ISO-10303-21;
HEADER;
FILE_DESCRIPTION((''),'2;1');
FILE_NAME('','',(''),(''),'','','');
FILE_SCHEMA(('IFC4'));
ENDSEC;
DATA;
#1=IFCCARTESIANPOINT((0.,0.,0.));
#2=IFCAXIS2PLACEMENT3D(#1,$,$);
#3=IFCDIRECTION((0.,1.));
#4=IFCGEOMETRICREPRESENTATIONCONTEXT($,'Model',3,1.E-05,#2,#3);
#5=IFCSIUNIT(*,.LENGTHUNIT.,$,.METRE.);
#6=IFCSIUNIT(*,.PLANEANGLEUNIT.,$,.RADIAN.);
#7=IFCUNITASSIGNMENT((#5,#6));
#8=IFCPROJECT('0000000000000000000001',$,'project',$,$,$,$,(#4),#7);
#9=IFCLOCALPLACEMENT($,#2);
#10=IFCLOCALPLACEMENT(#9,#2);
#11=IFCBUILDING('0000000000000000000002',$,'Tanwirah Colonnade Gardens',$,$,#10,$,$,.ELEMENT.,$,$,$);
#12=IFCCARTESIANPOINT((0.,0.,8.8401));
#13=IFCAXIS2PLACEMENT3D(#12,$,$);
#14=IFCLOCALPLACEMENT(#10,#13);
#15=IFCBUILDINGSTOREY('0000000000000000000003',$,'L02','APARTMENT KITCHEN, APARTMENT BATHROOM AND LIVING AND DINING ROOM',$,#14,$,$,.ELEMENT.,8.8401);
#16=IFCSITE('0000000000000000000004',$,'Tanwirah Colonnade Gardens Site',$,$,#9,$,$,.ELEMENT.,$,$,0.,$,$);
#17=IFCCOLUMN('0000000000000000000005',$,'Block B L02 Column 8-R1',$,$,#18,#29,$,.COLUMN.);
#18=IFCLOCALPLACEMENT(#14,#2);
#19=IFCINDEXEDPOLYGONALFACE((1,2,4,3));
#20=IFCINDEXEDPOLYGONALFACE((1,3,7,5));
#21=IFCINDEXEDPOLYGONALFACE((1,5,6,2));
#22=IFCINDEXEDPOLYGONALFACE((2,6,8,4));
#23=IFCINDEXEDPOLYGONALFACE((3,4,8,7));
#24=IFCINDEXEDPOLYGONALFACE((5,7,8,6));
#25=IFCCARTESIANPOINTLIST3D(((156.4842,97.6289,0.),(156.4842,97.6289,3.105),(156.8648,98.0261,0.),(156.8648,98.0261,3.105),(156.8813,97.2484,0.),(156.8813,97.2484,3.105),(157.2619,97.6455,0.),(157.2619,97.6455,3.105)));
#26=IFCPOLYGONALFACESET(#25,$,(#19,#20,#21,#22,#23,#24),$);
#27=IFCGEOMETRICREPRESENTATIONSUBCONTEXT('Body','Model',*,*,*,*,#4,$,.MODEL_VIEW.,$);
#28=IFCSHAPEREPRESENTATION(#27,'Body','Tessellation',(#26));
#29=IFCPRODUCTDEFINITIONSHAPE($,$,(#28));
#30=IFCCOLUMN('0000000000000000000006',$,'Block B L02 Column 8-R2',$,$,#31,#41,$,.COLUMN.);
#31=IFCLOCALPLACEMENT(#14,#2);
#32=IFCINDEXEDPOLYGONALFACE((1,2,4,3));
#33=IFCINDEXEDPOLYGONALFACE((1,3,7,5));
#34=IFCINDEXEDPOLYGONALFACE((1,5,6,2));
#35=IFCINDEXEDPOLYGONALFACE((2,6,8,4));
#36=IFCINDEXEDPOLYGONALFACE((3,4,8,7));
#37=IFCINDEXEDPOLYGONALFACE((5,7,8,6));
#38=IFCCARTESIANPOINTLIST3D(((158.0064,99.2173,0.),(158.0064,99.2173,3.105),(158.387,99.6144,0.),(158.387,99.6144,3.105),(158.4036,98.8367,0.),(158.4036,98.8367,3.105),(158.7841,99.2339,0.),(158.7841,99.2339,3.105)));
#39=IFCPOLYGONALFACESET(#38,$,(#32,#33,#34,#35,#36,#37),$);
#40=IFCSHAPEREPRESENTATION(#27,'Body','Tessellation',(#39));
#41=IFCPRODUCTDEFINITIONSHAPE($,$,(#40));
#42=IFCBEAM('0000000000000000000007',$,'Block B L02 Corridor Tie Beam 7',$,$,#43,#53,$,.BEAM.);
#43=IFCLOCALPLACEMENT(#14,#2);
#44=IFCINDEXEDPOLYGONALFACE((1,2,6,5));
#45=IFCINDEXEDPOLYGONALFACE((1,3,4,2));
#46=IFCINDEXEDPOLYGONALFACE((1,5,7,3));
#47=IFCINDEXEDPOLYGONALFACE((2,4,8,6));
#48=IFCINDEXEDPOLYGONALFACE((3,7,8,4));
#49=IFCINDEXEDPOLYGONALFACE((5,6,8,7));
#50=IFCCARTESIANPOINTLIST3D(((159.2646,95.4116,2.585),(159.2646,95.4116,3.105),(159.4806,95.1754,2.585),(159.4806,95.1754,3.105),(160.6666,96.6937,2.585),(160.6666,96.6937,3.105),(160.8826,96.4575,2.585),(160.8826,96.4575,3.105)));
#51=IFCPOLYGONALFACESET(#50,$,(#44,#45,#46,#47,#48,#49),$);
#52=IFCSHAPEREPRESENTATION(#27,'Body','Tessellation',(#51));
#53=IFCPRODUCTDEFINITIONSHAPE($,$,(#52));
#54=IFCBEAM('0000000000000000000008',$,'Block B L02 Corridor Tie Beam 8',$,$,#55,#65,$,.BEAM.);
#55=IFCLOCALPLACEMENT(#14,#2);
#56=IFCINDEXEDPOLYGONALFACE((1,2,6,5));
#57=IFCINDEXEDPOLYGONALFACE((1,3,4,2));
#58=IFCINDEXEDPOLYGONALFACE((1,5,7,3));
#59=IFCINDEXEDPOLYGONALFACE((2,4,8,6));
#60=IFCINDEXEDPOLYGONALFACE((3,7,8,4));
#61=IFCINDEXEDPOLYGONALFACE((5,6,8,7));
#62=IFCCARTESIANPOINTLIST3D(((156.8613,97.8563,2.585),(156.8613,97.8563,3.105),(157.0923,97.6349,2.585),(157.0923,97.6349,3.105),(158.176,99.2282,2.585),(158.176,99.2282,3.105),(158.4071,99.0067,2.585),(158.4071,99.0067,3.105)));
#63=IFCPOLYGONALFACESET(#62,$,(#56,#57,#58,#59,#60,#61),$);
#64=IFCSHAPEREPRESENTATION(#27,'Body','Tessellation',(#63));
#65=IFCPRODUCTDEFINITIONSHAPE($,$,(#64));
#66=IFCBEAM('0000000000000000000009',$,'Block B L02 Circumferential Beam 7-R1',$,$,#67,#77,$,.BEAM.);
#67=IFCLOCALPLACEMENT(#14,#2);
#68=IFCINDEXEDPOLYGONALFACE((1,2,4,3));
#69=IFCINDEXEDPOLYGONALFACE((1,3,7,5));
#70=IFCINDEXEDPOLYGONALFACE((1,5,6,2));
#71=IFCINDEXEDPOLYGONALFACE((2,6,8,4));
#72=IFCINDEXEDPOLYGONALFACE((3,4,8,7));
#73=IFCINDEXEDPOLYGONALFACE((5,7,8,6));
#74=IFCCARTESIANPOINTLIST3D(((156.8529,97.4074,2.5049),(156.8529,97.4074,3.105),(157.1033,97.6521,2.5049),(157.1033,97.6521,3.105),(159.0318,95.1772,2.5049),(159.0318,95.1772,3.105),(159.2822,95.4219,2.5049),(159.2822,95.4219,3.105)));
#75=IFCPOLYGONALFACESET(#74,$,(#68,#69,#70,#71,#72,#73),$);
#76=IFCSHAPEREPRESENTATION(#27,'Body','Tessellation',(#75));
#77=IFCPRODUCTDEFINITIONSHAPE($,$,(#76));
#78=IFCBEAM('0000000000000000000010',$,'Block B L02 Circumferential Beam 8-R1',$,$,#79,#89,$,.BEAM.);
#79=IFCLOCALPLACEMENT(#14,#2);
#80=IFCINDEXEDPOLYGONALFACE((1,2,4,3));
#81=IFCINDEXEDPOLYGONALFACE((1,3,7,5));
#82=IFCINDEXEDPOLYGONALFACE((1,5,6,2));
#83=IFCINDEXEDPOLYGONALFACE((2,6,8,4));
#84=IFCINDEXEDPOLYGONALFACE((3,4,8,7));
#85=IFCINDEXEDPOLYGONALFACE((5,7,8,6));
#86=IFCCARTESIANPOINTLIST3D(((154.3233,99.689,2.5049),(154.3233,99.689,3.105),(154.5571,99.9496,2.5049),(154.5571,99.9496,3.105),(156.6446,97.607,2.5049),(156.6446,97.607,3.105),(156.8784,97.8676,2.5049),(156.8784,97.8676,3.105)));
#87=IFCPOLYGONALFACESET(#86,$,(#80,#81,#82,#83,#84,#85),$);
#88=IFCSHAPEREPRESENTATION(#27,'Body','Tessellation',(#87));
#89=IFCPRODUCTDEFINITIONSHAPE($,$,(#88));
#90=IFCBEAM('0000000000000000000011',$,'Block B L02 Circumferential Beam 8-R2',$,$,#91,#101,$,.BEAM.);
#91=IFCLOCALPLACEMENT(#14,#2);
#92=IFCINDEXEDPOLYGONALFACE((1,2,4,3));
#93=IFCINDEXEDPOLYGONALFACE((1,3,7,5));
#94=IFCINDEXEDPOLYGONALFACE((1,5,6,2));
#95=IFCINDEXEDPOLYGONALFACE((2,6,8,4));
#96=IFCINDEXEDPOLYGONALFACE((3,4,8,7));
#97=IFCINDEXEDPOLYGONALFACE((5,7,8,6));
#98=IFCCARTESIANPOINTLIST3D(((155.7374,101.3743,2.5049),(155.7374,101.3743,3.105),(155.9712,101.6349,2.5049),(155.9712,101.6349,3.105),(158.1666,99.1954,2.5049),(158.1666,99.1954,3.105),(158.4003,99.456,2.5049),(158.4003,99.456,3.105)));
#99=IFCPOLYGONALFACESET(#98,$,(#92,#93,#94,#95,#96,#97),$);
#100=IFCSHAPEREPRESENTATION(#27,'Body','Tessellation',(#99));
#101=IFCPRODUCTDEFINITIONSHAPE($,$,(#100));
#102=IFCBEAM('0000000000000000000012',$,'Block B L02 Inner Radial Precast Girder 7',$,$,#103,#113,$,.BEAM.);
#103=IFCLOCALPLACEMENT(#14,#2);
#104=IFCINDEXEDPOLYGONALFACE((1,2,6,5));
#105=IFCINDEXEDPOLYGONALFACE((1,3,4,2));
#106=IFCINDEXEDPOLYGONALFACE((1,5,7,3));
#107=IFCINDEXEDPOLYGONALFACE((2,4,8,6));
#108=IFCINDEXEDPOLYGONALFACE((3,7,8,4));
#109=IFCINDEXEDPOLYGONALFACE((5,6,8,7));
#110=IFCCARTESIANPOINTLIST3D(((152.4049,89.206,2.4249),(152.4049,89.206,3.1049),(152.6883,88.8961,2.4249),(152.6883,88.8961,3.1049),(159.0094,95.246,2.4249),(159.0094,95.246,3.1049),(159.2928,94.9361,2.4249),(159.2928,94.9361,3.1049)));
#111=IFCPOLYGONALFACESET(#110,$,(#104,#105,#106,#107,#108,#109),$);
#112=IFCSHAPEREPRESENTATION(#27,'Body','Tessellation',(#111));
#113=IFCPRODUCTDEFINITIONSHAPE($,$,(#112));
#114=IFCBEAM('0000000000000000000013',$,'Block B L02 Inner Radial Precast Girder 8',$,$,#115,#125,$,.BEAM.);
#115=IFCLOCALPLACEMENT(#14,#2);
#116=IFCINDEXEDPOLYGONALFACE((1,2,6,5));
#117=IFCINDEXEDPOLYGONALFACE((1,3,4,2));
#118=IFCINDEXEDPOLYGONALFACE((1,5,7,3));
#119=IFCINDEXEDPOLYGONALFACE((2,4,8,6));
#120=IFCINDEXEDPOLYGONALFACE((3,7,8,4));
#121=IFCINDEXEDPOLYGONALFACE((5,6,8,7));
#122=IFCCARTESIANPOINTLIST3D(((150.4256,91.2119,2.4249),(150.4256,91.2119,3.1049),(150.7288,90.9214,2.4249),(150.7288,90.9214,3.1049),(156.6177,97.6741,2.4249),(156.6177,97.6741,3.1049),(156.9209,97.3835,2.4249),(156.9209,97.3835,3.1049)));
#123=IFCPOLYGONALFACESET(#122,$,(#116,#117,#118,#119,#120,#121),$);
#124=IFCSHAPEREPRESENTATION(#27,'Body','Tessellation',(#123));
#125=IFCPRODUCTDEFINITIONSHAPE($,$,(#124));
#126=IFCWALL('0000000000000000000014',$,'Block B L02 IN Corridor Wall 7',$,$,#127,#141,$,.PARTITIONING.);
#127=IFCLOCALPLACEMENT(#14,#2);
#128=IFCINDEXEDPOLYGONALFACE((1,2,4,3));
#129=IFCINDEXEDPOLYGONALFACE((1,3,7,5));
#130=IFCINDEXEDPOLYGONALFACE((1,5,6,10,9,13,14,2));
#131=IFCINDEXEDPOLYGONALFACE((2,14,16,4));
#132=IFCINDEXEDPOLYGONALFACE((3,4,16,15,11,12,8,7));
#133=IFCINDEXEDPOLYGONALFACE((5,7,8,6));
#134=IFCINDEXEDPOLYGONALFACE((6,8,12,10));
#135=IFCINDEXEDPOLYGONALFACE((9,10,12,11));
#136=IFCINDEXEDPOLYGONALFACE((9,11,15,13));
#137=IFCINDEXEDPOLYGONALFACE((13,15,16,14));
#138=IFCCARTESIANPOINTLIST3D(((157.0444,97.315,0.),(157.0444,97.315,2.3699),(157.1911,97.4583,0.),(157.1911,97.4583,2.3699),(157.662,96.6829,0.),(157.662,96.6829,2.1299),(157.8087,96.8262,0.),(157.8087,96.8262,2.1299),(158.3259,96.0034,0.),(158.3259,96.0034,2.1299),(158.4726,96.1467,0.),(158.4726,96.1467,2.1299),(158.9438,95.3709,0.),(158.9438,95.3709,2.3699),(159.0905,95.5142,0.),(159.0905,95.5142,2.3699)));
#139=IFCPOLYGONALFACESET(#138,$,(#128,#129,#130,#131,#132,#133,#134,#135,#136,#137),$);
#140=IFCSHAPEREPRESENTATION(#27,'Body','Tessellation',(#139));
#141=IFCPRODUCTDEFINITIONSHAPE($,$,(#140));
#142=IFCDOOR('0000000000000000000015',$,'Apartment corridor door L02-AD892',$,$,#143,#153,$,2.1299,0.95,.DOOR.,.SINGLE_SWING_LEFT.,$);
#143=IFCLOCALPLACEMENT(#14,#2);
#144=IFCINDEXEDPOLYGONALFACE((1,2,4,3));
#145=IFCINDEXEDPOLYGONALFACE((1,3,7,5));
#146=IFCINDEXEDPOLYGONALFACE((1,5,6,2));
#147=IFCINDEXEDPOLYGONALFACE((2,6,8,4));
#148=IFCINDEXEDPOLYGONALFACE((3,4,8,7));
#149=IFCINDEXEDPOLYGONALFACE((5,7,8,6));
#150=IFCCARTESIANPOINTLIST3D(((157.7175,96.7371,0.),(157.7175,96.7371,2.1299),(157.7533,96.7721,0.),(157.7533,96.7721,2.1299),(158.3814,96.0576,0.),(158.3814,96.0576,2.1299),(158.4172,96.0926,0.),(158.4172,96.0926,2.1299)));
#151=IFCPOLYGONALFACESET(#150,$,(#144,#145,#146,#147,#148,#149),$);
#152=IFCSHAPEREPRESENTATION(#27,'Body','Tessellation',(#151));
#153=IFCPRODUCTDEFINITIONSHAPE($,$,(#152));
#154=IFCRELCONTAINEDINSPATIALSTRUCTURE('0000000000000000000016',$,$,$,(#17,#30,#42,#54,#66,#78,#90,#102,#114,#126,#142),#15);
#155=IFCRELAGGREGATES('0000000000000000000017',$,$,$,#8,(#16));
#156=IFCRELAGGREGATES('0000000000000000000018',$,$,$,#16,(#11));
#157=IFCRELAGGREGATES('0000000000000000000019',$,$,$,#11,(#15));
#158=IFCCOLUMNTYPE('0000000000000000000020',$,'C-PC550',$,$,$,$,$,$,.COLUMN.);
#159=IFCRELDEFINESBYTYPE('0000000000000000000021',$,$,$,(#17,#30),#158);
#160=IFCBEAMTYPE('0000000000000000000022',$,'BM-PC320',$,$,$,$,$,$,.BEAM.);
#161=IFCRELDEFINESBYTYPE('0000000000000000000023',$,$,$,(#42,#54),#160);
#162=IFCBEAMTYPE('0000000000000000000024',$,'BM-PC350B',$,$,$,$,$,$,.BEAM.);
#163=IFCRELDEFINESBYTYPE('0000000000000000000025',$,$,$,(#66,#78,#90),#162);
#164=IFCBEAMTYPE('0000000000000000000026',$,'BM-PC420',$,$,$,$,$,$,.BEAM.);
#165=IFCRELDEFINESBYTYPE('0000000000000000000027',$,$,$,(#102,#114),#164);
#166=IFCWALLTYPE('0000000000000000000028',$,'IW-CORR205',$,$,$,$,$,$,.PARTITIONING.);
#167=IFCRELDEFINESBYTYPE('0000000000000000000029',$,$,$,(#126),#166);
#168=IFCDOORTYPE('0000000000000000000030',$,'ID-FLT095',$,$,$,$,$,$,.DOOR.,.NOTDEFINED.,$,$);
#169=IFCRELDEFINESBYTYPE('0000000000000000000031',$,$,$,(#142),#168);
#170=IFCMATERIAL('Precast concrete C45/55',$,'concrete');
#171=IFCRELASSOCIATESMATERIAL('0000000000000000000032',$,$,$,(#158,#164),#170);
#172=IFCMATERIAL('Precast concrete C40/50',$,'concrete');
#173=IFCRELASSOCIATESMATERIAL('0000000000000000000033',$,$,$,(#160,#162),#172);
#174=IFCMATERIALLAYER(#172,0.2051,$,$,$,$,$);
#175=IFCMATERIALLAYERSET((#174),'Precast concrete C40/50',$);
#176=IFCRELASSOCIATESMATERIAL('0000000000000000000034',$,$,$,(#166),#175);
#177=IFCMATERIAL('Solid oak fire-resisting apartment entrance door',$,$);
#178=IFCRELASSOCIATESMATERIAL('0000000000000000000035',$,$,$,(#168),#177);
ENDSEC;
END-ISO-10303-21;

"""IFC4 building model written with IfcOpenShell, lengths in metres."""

from ifc_helpers import new_model, si_unit, direction, frame, frame_2d, origin, origin_2d, place, context, subcontext, project, spatial, rectangle, extrude, material, layer, layer_set, material_profile, profile_set, type_object, element, fill, save


model = new_model("IFC4")

# Units and contexts
model_context = context("Model", 3, precision=1e-05, world=origin(), true_north=direction((0.0, 1.0)))
body_context = subcontext(model_context, "Body", "Model", "MODEL_VIEW")
ifc_project = project(units=[si_unit("LENGTHUNIT", "METRE"), si_unit("PLANEANGLEUNIT", "RADIAN")], contexts=[model_context])

# Site, building, storey
site_placement = place(None, origin())
site = spatial("IfcSite", under=ifc_project, at=site_placement, Name="Tanwirah Colonnade Gardens Site", CompositionType="ELEMENT", RefElevation=0.0)
building_placement = place(site_placement, origin())
building = spatial("IfcBuilding", under=site, at=building_placement, Name="Tanwirah Colonnade Gardens", CompositionType="ELEMENT")
storey_placement = place(building_placement, frame((0.0, 0.0, 8.8401)))
storey = spatial("IfcBuildingStorey", under=building, at=storey_placement, Name="L02", Description="APARTMENT KITCHEN, APARTMENT BATHROOM AND LIVING AND DINING ROOM", CompositionType="ELEMENT", Elevation=8.8401)

# Columns
ifc_material_1 = material(Name="Precast concrete C45/55", Category="concrete")
ifc_material_profile_1 = material_profile(ifc_material_1, rectangle(XDim=0.55, YDim=0.55, at=origin_2d()), Name="PC-COL 550x550")
ifc_profile_set_1 = profile_set([ifc_material_profile_1], Name="Precast concrete C45/55")
column_type = type_object("IfcColumnType", Name="C-PC550", PredefinedType="COLUMN", material=ifc_profile_set_1)
for number, where, z_axis, x_axis, name in (
    (1, (156.873, 97.6372, 0.0), (0.0, 0.0, 1.0), (0.691863, 0.722029, 0.0), "Block B L02 Column 8-R1"),
    (2, (158.3953, 99.2256, 0.0), (0.0, 0.0, 1.0), (0.691863, 0.722029, 0.0), "Block B L02 Column 8-R2"),
):
    element("IfcColumn", number, at=place(storey_placement, frame(where, z_axis=z_axis, x_axis=x_axis)), inside=storey, type_object=column_type, Name=name, PredefinedType="COLUMN", context=body_context, shape_type="SweptSolid", body=[
        extrude(rectangle(XDim=0.55, YDim=0.55, at=origin_2d()), origin(), (0.0, 0.0, 1.0), 3.105),
    ])

# Beams
ifc_material_2 = material(Name="Precast concrete C40/50", Category="concrete")
ifc_material_profile_2 = material_profile(ifc_material_2, rectangle(XDim=0.3201, YDim=0.52, at=origin_2d()), Name="PC-BM 320x520")
ifc_profile_set_2 = profile_set([ifc_material_profile_2], Name="Precast concrete C40/50")
beam_type_1 = type_object("IfcBeamType", Name="BM-PC320", PredefinedType="BEAM", material=ifc_profile_set_2)
beam_1_placement = place(storey_placement, frame((159.3726, 95.2935, 2.845), z_axis=(0.737948, 0.674857, 0.0), x_axis=(-0.674857, 0.737948, 0.0)))
element("IfcBeam", 3, at=beam_1_placement, inside=storey, type_object=beam_type_1, Name="Block B L02 Corridor Tie Beam 7", PredefinedType="BEAM", context=body_context, shape_type="SweptSolid", body=[
    extrude(rectangle(XDim=0.3201, YDim=0.52, at=origin_2d()), origin(), (0.0, 0.0, 1.0), 1.8999),
])
beam_2_placement = place(storey_placement, frame((156.9768, 97.7456, 2.845), z_axis=(0.691914, 0.72198, 0.0), x_axis=(-0.72198, 0.691914, 0.0)))
element("IfcBeam", 4, at=beam_2_placement, inside=storey, type_object=beam_type_1, Name="Block B L02 Corridor Tie Beam 8", PredefinedType="BEAM", context=body_context, shape_type="SweptSolid", body=[
    extrude(rectangle(XDim=0.3201, YDim=0.52, at=origin_2d()), origin(), (0.0, 0.0, 1.0), 1.9001),
])
ifc_material_profile_3 = material_profile(ifc_material_2, rectangle(XDim=0.3501, YDim=0.6001, at=origin_2d()), Name="PC-BM 350x600")
ifc_profile_set_3 = profile_set([ifc_material_profile_3], Name="Precast concrete C40/50")
beam_type_2 = type_object("IfcBeamType", Name="BM-PC350B", PredefinedType="BEAM", material=ifc_profile_set_3)
beam_3_placement = place(storey_placement, frame((159.157, 95.2996, 2.8049), z_axis=(-0.698837, 0.715281, 0.0), x_axis=(-0.715281, -0.698837, 0.0)))
element("IfcBeam", 5, at=beam_3_placement, inside=storey, type_object=beam_type_2, Name="Block B L02 Circumferential Beam 7-R1", PredefinedType="BEAM", context=body_context, shape_type="SweptSolid", body=[
    extrude(rectangle(XDim=0.3501, YDim=0.6001, at=origin_2d()), origin(), (0.0, 0.0, 1.0), 3.1179),
])
beam_4_placement = place(storey_placement, frame((156.7615, 97.7373, 2.8049), z_axis=(-0.74443, 0.667701, 0.0), x_axis=(-0.667701, -0.74443, 0.0)))
element("IfcBeam", 6, at=beam_4_placement, inside=storey, type_object=beam_type_2, Name="Block B L02 Circumferential Beam 8-R1", PredefinedType="BEAM", context=body_context, shape_type="SweptSolid", body=[
    extrude(rectangle(XDim=0.3501, YDim=0.6001, at=origin_2d()), origin(), (0.0, 0.0, 1.0), 3.1182),
])
beam_5_placement = place(storey_placement, frame((158.2834, 99.3257, 2.8049), z_axis=(-0.744409, 0.667724, 0.0), x_axis=(-0.667724, -0.744409, 0.0)))
element("IfcBeam", 7, at=beam_5_placement, inside=storey, type_object=beam_type_2, Name="Block B L02 Circumferential Beam 8-R2", PredefinedType="BEAM", context=body_context, shape_type="SweptSolid", body=[
    extrude(rectangle(XDim=0.3501, YDim=0.6001, at=origin_2d()), origin(), (0.0, 0.0, 1.0), 3.2632),
])
ifc_material_profile_4 = material_profile(ifc_material_1, rectangle(XDim=0.4199, YDim=0.6799, at=origin_2d()), Name="PC-BM 420x680")
ifc_profile_set_4 = profile_set([ifc_material_profile_4], Name="Precast concrete C45/55")
beam_type_3 = type_object("IfcBeamType", Name="BM-PC420", PredefinedType="BEAM", material=ifc_profile_set_4)
for number, where, z_axis, x_axis, name in (
    (8, (159.1511, 95.0911, 2.7649), (-0.737937, -0.674869, 0.0), (0.674869, -0.737937, 0.0), "Block B L02 Inner Radial Precast Girder 7"),
    (9, (156.7693, 97.5288, 2.7649), (-0.691861, -0.722031, 0.0), (0.722031, -0.691861, 0.0), "Block B L02 Inner Radial Precast Girder 8"),
):
    element("IfcBeam", number, at=place(storey_placement, frame(where, z_axis=z_axis, x_axis=x_axis)), inside=storey, type_object=beam_type_3, Name=name, PredefinedType="BEAM", context=body_context, shape_type="SweptSolid", body=[
        extrude(rectangle(XDim=0.4199, YDim=0.6799, at=origin_2d()), origin(), (0.0, 0.0, 1.0), 8.95),
    ])

# Wall, opening, door
ifc_layer_1 = layer(ifc_material_2, 0.2051)
ifc_layer_set_1 = layer_set([ifc_layer_1], Name="Precast concrete C40/50")
wall_type = type_object("IfcWallType", Name="IW-CORR205", PredefinedType="PARTITIONING", material=ifc_layer_set_1)
wall_1_placement = place(storey_placement, frame((159.0171, 95.4426, 0.0), z_axis=(0.0, 0.0, 1.0), x_axis=(-0.69884, 0.715278, 0.0)))
wall_1 = element("IfcWall", 10, at=wall_1_placement, inside=storey, type_object=wall_type, Name="Block B L02 IN Corridor Wall 7", PredefinedType="PARTITIONING", context=body_context, shape_type="SweptSolid", body=[
    extrude(rectangle(XDim=2.718, YDim=0.2051, at=frame_2d((1.3589, 0.0))), origin(), (0.0, 0.0, 1.0), 2.3699),
])
opening_1_placement = place(wall_1_placement, frame((0.884, 0.0, 0.0)))
opening_1 = element("IfcOpeningElement", 11, at=opening_1_placement, cuts=wall_1, PredefinedType="OPENING", context=body_context, shape_type="SweptSolid", body=[
    extrude(rectangle(XDim=0.95, YDim=2.1299, at=frame_2d((0.4751, 1.0649))), frame((0.0, 0.1125, 0.0), z_axis=(0.0, -1.0, 0.0), x_axis=(1.0, 0.0, 0.0)), (0.0, 0.0, 1.0), 0.2251),
])
ifc_material_3 = material(Name="Solid oak fire-resisting apartment entrance door")
door_type_1 = type_object("IfcDoorType", Name="ID-FLT095", OperationType="NOTDEFINED", PredefinedType="DOOR", material=ifc_material_3)
door_1_placement = place(opening_1_placement, origin())
door_1 = element("IfcDoor", 12, at=door_1_placement, inside=storey, type_object=door_type_1, Name="Apartment corridor door L02-AD892", OperationType="SINGLE_SWING_LEFT", OverallHeight=2.1299, OverallWidth=0.95, PredefinedType="DOOR", context=body_context, shape_type="SweptSolid", body=[
    extrude(rectangle(XDim=0.95, YDim=2.1299, at=frame_2d((0.4751, 1.0649))), frame((0.0, 0.0249, 0.0), z_axis=(0.0, -1.0, 0.0), x_axis=(1.0, 0.0, 0.0)), (0.0, 0.0, 1.0), 0.05),
])
fill(opening_1, door_1)

save(model, "model.ifc")
